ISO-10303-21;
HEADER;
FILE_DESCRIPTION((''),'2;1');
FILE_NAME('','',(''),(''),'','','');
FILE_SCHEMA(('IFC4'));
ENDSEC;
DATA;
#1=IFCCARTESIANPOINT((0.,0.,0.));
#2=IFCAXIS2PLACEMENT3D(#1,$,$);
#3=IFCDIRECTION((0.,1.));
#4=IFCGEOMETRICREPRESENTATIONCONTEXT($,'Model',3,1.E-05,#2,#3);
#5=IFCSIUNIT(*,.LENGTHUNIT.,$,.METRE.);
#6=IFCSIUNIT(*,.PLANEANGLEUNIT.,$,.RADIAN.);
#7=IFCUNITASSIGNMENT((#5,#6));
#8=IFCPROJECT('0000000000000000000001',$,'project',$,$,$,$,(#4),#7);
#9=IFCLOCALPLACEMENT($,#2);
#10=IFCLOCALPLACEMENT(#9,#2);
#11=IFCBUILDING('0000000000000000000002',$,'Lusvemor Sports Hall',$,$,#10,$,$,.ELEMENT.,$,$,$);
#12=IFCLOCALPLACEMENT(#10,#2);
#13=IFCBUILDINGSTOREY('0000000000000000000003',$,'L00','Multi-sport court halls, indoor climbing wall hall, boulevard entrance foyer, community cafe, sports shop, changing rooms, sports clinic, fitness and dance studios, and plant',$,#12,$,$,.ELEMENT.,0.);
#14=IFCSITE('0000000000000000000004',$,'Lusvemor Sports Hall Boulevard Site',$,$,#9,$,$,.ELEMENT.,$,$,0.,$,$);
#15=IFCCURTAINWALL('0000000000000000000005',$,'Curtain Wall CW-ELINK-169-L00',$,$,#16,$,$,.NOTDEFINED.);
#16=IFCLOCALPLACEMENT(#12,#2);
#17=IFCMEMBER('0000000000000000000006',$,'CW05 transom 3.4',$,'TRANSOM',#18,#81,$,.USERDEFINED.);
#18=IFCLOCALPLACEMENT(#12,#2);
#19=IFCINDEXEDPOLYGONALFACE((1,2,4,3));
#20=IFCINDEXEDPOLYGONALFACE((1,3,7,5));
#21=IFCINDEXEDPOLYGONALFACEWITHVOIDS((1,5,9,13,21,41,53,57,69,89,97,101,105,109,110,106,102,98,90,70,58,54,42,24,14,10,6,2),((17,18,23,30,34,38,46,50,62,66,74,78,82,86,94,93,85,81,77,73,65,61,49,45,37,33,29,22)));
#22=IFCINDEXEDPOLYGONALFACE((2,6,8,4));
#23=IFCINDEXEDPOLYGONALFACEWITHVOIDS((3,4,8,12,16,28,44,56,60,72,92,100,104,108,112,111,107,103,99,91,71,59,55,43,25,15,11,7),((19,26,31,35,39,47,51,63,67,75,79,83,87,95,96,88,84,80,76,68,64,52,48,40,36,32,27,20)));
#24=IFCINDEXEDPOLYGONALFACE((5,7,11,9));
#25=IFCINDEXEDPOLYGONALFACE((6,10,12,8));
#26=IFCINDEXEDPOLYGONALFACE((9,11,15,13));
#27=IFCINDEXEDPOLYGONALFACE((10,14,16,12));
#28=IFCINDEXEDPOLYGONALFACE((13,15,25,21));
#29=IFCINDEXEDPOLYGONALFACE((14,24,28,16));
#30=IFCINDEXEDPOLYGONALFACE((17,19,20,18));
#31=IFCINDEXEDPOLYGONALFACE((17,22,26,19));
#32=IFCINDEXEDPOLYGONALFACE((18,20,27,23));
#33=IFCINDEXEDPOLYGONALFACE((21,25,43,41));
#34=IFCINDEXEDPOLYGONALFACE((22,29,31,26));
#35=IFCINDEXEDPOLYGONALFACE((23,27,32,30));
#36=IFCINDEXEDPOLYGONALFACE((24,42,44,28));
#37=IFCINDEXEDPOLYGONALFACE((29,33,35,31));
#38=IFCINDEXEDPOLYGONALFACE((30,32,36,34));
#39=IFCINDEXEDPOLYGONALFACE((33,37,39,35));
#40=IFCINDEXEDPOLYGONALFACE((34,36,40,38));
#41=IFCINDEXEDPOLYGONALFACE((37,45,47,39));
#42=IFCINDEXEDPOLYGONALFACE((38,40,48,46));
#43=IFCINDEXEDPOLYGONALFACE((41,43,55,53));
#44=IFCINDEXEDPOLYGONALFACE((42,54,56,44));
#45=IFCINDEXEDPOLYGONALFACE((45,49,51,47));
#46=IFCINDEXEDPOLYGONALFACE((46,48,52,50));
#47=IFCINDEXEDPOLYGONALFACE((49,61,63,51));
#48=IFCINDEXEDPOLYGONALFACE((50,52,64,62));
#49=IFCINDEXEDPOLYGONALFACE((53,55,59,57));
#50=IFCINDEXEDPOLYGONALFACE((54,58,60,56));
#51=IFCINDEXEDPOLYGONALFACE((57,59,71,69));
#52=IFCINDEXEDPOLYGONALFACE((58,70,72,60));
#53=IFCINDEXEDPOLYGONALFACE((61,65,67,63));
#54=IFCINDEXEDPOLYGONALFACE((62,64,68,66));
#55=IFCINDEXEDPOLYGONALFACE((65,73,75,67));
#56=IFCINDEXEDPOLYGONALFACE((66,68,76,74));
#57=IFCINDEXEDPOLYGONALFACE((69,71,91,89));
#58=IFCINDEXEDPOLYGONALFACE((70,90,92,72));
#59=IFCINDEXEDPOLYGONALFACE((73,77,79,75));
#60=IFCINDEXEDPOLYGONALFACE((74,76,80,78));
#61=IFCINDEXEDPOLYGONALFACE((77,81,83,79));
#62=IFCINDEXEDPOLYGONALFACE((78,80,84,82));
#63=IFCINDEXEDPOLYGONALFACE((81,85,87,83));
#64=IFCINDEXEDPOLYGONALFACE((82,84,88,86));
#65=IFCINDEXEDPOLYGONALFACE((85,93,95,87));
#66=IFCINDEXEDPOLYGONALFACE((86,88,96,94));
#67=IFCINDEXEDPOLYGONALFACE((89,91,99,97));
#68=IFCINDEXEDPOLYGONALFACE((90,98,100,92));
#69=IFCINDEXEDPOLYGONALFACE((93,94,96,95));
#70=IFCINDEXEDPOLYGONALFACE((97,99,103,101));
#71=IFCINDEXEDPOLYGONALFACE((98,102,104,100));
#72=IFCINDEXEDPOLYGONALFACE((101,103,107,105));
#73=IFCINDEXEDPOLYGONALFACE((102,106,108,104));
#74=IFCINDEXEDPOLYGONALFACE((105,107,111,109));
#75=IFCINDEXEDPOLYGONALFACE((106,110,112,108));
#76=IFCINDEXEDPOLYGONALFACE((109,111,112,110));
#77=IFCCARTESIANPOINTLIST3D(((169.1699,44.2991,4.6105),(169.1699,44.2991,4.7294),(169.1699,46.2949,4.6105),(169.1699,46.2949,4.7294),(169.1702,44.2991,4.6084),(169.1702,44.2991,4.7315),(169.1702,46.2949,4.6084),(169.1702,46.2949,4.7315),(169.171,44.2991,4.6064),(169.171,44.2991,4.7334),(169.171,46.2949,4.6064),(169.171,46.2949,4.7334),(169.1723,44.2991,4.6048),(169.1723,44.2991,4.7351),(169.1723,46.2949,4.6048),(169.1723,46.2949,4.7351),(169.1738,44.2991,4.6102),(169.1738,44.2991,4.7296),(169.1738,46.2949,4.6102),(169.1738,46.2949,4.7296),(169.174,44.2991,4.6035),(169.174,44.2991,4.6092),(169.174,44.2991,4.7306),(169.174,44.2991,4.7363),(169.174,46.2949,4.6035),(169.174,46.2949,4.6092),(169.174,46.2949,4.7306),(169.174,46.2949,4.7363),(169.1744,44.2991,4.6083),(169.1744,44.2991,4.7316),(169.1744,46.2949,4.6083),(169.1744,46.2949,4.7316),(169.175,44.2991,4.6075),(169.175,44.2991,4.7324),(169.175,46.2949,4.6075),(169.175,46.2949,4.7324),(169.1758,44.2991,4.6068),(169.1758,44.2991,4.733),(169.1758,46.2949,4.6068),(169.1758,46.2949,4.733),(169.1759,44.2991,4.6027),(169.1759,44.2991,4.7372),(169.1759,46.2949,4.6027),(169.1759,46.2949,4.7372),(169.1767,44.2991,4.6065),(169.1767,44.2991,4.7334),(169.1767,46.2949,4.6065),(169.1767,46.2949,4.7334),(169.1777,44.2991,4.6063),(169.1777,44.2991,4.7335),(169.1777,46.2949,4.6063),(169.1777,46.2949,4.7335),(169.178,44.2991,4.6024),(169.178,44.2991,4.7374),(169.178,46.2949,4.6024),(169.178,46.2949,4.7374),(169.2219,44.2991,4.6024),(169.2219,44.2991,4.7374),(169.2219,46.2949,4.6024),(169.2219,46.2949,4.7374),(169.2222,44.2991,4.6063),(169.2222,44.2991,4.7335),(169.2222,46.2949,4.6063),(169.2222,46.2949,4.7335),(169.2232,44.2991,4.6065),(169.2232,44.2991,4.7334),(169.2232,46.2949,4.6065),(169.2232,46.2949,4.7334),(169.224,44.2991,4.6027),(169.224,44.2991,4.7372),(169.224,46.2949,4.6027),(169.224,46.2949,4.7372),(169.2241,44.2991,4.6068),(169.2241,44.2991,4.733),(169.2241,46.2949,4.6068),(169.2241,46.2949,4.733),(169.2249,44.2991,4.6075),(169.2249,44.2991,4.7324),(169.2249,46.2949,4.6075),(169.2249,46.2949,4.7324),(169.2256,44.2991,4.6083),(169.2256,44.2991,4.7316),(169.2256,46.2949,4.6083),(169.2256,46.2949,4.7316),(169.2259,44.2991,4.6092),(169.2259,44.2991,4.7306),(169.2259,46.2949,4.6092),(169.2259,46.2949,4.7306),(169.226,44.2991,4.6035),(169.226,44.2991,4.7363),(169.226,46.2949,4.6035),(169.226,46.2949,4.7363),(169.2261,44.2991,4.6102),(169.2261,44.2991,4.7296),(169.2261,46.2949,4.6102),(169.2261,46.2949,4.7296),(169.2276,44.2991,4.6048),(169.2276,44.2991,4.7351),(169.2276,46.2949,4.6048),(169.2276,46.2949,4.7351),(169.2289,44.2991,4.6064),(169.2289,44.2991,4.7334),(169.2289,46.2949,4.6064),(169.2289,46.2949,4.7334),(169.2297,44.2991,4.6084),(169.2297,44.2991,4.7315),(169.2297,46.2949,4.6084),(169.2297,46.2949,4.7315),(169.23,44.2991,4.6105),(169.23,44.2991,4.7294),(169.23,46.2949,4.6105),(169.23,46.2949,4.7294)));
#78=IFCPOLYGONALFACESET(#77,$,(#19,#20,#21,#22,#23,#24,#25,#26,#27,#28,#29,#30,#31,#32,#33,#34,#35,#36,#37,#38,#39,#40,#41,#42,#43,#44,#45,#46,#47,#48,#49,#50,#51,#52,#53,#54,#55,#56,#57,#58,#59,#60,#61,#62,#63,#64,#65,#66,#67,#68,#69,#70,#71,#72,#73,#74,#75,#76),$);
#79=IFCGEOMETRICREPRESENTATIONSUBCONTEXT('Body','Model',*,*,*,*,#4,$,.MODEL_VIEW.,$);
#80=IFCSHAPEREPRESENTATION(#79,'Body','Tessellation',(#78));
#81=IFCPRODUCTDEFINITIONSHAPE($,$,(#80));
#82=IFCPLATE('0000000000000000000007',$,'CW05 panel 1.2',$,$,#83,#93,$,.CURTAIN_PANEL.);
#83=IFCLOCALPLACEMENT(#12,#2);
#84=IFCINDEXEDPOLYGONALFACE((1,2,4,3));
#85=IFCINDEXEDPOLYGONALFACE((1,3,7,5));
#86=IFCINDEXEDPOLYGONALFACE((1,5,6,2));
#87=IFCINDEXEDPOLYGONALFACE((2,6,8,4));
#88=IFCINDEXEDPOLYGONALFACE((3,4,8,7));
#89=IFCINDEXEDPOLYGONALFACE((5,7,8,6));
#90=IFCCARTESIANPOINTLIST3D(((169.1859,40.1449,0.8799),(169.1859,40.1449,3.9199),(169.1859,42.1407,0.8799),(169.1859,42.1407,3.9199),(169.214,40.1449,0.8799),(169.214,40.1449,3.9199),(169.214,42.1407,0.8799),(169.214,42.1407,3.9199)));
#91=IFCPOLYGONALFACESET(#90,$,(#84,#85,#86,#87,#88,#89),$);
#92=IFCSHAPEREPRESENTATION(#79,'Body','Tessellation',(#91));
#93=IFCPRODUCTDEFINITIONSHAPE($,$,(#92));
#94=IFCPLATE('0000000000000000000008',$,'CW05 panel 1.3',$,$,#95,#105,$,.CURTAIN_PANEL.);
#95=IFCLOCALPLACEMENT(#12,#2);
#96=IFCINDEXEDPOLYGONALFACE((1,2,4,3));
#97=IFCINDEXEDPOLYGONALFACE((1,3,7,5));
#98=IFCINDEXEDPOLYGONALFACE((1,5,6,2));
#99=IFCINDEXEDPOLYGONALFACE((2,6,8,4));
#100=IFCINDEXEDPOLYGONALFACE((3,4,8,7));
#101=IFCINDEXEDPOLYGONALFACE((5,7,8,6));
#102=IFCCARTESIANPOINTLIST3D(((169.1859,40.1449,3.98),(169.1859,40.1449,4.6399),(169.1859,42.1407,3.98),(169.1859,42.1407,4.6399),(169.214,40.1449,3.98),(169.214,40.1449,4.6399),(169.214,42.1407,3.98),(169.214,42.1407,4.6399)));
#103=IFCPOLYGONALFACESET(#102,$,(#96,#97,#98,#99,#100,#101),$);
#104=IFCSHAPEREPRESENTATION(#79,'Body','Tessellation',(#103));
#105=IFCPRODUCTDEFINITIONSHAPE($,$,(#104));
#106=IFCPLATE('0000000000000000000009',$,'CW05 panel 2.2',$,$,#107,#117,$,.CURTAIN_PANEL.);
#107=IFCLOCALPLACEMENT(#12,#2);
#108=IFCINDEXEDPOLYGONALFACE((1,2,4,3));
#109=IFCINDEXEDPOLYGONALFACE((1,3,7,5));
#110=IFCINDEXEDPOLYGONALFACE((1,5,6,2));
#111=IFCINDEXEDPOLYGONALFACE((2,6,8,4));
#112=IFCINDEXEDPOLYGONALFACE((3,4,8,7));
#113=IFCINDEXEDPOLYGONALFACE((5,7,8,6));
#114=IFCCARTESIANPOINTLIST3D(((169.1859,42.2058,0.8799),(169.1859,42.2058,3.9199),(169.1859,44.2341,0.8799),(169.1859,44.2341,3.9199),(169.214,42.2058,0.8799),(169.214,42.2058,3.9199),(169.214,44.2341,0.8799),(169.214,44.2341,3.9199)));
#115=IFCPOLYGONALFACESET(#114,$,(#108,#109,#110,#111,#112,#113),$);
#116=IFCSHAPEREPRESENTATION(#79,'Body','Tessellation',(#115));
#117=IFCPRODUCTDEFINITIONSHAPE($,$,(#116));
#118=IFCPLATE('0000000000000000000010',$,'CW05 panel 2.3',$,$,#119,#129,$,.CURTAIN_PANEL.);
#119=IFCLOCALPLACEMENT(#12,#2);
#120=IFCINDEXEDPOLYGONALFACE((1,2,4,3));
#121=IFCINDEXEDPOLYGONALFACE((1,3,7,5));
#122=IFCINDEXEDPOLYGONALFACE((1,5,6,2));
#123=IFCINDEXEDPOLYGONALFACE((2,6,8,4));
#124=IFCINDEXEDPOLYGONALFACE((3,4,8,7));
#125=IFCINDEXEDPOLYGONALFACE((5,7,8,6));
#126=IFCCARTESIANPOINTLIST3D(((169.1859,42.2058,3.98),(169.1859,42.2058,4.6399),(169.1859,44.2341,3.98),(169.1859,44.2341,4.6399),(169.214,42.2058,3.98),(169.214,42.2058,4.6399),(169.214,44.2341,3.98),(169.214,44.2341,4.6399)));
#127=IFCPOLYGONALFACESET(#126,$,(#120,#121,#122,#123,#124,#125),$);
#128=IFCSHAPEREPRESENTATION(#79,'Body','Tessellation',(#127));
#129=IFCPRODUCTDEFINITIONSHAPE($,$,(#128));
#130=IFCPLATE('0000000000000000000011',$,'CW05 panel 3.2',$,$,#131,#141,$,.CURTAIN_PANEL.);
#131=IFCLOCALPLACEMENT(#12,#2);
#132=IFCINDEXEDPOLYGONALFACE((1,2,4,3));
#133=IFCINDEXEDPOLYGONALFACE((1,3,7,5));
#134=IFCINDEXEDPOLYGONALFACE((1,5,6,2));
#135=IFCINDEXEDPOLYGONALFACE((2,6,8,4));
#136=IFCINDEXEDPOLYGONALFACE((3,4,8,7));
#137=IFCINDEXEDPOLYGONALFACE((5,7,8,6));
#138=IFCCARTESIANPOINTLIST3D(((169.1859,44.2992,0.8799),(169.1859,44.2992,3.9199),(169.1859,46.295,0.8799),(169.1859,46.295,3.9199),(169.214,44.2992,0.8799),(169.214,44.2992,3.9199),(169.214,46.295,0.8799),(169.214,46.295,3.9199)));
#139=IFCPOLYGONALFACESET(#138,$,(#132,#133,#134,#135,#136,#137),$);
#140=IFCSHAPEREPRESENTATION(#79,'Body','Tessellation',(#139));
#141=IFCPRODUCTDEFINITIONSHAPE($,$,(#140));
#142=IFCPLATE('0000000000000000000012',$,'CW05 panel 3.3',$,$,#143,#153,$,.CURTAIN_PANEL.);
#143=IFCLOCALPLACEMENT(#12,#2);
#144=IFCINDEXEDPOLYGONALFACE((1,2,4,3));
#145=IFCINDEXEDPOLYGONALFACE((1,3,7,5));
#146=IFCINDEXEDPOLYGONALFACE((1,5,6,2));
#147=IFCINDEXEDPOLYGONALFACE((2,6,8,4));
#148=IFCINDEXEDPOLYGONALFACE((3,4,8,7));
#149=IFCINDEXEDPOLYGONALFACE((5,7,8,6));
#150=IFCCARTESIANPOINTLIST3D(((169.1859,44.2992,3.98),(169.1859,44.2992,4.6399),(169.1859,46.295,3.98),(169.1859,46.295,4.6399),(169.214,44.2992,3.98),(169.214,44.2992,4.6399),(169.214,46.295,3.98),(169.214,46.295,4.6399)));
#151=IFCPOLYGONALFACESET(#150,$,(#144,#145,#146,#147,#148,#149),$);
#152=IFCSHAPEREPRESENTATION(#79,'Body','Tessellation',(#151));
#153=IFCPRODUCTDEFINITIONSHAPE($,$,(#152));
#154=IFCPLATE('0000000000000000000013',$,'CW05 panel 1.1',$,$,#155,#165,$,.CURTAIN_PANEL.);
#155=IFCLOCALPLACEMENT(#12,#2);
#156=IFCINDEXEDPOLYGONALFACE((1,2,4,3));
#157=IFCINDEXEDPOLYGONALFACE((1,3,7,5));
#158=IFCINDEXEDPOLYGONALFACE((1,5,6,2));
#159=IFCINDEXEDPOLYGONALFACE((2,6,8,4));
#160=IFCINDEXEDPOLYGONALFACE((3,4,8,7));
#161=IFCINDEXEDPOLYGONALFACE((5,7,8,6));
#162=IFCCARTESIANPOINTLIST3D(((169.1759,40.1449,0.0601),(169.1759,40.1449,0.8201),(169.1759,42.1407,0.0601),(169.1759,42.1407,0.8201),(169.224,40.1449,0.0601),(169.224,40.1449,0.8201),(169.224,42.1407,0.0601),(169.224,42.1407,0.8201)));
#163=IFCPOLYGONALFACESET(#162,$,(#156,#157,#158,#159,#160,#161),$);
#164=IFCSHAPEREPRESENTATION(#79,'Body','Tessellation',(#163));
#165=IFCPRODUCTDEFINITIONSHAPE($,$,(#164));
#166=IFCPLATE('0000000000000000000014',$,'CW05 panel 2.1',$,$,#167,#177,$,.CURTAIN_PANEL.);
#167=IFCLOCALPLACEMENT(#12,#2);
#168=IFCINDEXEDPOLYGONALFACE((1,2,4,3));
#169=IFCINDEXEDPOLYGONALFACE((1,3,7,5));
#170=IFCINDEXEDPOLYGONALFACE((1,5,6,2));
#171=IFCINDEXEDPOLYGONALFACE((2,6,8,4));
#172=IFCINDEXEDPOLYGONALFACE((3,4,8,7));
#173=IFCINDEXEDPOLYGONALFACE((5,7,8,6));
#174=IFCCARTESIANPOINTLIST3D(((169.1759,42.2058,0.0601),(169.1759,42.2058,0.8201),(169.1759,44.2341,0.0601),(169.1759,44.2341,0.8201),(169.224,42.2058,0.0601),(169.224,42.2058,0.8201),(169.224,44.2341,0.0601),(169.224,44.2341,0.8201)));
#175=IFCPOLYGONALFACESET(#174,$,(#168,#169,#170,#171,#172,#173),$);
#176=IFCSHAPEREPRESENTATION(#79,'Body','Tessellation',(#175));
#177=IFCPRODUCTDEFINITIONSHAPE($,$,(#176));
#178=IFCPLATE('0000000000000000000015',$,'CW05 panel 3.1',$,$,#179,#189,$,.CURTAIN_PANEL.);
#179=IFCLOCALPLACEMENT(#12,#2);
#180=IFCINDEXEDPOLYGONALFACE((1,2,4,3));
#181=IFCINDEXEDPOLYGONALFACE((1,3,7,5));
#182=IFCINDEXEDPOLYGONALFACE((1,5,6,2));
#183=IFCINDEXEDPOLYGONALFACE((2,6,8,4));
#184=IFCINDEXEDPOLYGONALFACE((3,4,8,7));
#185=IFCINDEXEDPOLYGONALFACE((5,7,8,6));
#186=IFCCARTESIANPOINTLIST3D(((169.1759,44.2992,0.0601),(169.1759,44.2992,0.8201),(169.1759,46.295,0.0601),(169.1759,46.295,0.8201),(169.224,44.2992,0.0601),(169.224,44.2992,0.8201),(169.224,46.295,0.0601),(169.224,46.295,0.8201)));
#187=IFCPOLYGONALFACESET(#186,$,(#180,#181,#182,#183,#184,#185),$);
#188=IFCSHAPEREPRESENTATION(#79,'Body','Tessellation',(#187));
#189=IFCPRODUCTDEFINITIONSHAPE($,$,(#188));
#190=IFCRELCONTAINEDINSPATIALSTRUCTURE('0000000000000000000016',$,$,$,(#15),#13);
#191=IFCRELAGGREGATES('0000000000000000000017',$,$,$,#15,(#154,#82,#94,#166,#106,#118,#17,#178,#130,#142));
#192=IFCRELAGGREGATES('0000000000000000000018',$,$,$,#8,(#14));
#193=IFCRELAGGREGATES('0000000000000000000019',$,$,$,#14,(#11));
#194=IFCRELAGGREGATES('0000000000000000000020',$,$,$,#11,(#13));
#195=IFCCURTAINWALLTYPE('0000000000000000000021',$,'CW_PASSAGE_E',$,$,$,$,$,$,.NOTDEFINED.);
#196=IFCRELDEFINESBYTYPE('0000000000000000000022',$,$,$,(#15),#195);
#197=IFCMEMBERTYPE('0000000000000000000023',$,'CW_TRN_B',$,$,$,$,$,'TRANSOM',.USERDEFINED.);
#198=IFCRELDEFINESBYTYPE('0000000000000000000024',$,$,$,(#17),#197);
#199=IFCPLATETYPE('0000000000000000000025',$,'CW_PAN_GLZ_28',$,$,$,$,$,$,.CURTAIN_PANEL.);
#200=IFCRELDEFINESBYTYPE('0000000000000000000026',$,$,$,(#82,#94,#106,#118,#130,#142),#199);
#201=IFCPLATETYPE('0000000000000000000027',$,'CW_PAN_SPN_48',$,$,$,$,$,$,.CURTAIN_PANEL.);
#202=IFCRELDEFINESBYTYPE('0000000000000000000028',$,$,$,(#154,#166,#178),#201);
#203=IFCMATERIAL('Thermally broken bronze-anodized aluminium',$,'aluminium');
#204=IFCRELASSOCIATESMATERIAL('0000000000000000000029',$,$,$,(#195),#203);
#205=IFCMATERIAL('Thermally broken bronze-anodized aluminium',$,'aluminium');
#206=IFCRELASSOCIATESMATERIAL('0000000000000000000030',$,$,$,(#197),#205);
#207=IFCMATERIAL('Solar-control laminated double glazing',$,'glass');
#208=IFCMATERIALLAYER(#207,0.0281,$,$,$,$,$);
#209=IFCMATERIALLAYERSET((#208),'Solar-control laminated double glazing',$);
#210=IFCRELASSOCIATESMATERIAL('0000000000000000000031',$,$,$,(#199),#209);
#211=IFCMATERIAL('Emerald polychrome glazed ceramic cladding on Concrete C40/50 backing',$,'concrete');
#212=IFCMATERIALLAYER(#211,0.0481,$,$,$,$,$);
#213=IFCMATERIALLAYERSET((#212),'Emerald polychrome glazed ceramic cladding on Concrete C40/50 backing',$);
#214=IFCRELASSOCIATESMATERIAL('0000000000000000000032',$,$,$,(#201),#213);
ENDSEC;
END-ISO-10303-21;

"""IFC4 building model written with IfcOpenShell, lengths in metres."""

from ifc_helpers import new_model, si_unit, direction, frame, origin, origin_2d, place, context, subcontext, project, spatial, rectangle, hollow_rectangle, extrude, material, layer, layer_set, material_profile, profile_set, type_object, element, aggregate, save


model = new_model("IFC4")

# Units and contexts
model_context = context("Model", 3, precision=1e-05, world=origin(), true_north=direction((0.0, 1.0)))
body_context = subcontext(model_context, "Body", "Model", "MODEL_VIEW")
ifc_project = project(units=[si_unit("LENGTHUNIT", "METRE"), si_unit("PLANEANGLEUNIT", "RADIAN")], contexts=[model_context])

# Site, building, storey
site_placement = place(None, origin())
site = spatial("IfcSite", under=ifc_project, at=site_placement, Name="Lusvemor Sports Hall Boulevard Site", CompositionType="ELEMENT", RefElevation=0.0)
building_placement = place(site_placement, origin())
building = spatial("IfcBuilding", under=site, at=building_placement, Name="Lusvemor Sports Hall", CompositionType="ELEMENT")
storey_placement = place(building_placement, origin())
storey = spatial("IfcBuildingStorey", under=building, at=storey_placement, Name="L00", Description="Multi-sport court halls, indoor climbing wall hall, boulevard entrance foyer, community cafe, sports shop, changing rooms, sports clinic, fitness and dance studios, and plant", CompositionType="ELEMENT", Elevation=0.0)

# Curtain wall, member, plates
ifc_material_1 = material(Name="Thermally broken bronze-anodized aluminium", Category="aluminium")
curtain_wall_type = type_object("IfcCurtainWallType", Name="CW_PASSAGE_E", PredefinedType="NOTDEFINED", material=ifc_material_1)
curtain_wall_placement = place(storey_placement, origin())
curtain_wall = element("IfcCurtainWall", 1, at=curtain_wall_placement, inside=storey, type_object=curtain_wall_type, Name="Curtain Wall CW-ELINK-169-L00", PredefinedType="NOTDEFINED")
ifc_material_2 = material(Name="Thermally broken bronze-anodized aluminium", Category="aluminium")
ifc_material_profile_1 = material_profile(ifc_material_2, hollow_rectangle(XDim=0.0601, YDim=0.135, WallThickness=0.0039, InnerFilletRadius=0.0039, OuterFilletRadius=0.0081, at=origin_2d()), Name="CWTRN135x60x4")
ifc_profile_set_1 = profile_set([ifc_material_profile_1], Name="Thermally broken bronze-anodized aluminium")
member_type_1 = type_object("IfcMemberType", Name="CW_TRN_B", ElementType="TRANSOM", PredefinedType="USERDEFINED", material=ifc_profile_set_1)
member_1_placement = place(storey_placement, frame((169.2, 44.2991, 4.6699), z_axis=(0.0, 1.0, 0.0), x_axis=(-1.0, 0.0, 0.0)))
member_1 = element("IfcMember", 2, at=member_1_placement, type_object=member_type_1, Name="CW05 transom 3.4", ObjectType="TRANSOM", PredefinedType="USERDEFINED", context=body_context, shape_type="SweptSolid", body=[
    extrude(hollow_rectangle(XDim=0.0601, YDim=0.135, WallThickness=0.0039, InnerFilletRadius=0.0039, OuterFilletRadius=0.0081, at=origin_2d()), origin(), (0.0, 0.0, 1.0), 1.9958),
])
ifc_material_3 = material(Name="Solar-control laminated double glazing", Category="glass")
ifc_layer_1 = layer(ifc_material_3, 0.0281)
ifc_layer_set_1 = layer_set([ifc_layer_1], Name="Solar-control laminated double glazing")
plate_type_1 = type_object("IfcPlateType", Name="CW_PAN_GLZ_28", PredefinedType="CURTAIN_PANEL", material=ifc_layer_set_1)
plate_1_placement = place(storey_placement, frame((169.2, 41.1428, 0.8799), z_axis=(0.0, 0.0, 1.0), x_axis=(0.0, 1.0, 0.0)))
plate_1 = element("IfcPlate", 3, at=plate_1_placement, type_object=plate_type_1, Name="CW05 panel 1.2", PredefinedType="CURTAIN_PANEL", context=body_context, shape_type="SweptSolid", body=[
    extrude(rectangle(XDim=1.9958, YDim=0.0281, at=origin_2d()), origin(), (0.0, 0.0, 1.0), 3.04),
])
plate_2_placement = place(storey_placement, frame((169.2, 41.1428, 3.98), z_axis=(0.0, 0.0, 1.0), x_axis=(0.0, 1.0, 0.0)))
plate_2 = element("IfcPlate", 4, at=plate_2_placement, type_object=plate_type_1, Name="CW05 panel 1.3", PredefinedType="CURTAIN_PANEL", context=body_context, shape_type="SweptSolid", body=[
    extrude(rectangle(XDim=1.9958, YDim=0.0281, at=origin_2d()), origin(), (0.0, 0.0, 1.0), 0.6599),
])
plate_3_placement = place(storey_placement, frame((169.2, 43.22, 0.8799), z_axis=(0.0, 0.0, 1.0), x_axis=(0.0, 1.0, 0.0)))
plate_3 = element("IfcPlate", 5, at=plate_3_placement, type_object=plate_type_1, Name="CW05 panel 2.2", PredefinedType="CURTAIN_PANEL", context=body_context, shape_type="SweptSolid", body=[
    extrude(rectangle(XDim=2.0283, YDim=0.0281, at=origin_2d()), origin(), (0.0, 0.0, 1.0), 3.04),
])
plate_4_placement = place(storey_placement, frame((169.2, 43.22, 3.98), z_axis=(0.0, 0.0, 1.0), x_axis=(0.0, 1.0, 0.0)))
plate_4 = element("IfcPlate", 6, at=plate_4_placement, type_object=plate_type_1, Name="CW05 panel 2.3", PredefinedType="CURTAIN_PANEL", context=body_context, shape_type="SweptSolid", body=[
    extrude(rectangle(XDim=2.0283, YDim=0.0281, at=origin_2d()), origin(), (0.0, 0.0, 1.0), 0.6599),
])
plate_5_placement = place(storey_placement, frame((169.2, 45.2971, 0.8799), z_axis=(0.0, 0.0, 1.0), x_axis=(0.0, 1.0, 0.0)))
plate_5 = element("IfcPlate", 7, at=plate_5_placement, type_object=plate_type_1, Name="CW05 panel 3.2", PredefinedType="CURTAIN_PANEL", context=body_context, shape_type="SweptSolid", body=[
    extrude(rectangle(XDim=1.9958, YDim=0.0281, at=origin_2d()), origin(), (0.0, 0.0, 1.0), 3.04),
])
plate_6_placement = place(storey_placement, frame((169.2, 45.2971, 3.98), z_axis=(0.0, 0.0, 1.0), x_axis=(0.0, 1.0, 0.0)))
plate_6 = element("IfcPlate", 8, at=plate_6_placement, type_object=plate_type_1, Name="CW05 panel 3.3", PredefinedType="CURTAIN_PANEL", context=body_context, shape_type="SweptSolid", body=[
    extrude(rectangle(XDim=1.9958, YDim=0.0281, at=origin_2d()), origin(), (0.0, 0.0, 1.0), 0.6599),
])
ifc_material_4 = material(Name="Emerald polychrome glazed ceramic cladding on Concrete C40/50 backing", Category="concrete")
ifc_layer_2 = layer(ifc_material_4, 0.0481)
ifc_layer_set_2 = layer_set([ifc_layer_2], Name="Emerald polychrome glazed ceramic cladding on Concrete C40/50 backing")
plate_type_2 = type_object("IfcPlateType", Name="CW_PAN_SPN_48", PredefinedType="CURTAIN_PANEL", material=ifc_layer_set_2)
plate_7_placement = place(storey_placement, frame((169.2, 41.1428, 0.0601), z_axis=(0.0, 0.0, 1.0), x_axis=(0.0, 1.0, 0.0)))
plate_7 = element("IfcPlate", 9, at=plate_7_placement, type_object=plate_type_2, Name="CW05 panel 1.1", PredefinedType="CURTAIN_PANEL", context=body_context, shape_type="SweptSolid", body=[
    extrude(rectangle(XDim=1.9958, YDim=0.0481, at=origin_2d()), origin(), (0.0, 0.0, 1.0), 0.76),
])
plate_8_placement = place(storey_placement, frame((169.2, 43.22, 0.0601), z_axis=(0.0, 0.0, 1.0), x_axis=(0.0, 1.0, 0.0)))
plate_8 = element("IfcPlate", 10, at=plate_8_placement, type_object=plate_type_2, Name="CW05 panel 2.1", PredefinedType="CURTAIN_PANEL", context=body_context, shape_type="SweptSolid", body=[
    extrude(rectangle(XDim=2.0283, YDim=0.0481, at=origin_2d()), origin(), (0.0, 0.0, 1.0), 0.76),
])
plate_9_placement = place(storey_placement, frame((169.2, 45.2971, 0.0601), z_axis=(0.0, 0.0, 1.0), x_axis=(0.0, 1.0, 0.0)))
plate_9 = element("IfcPlate", 11, at=plate_9_placement, type_object=plate_type_2, Name="CW05 panel 3.1", PredefinedType="CURTAIN_PANEL", context=body_context, shape_type="SweptSolid", body=[
    extrude(rectangle(XDim=1.9958, YDim=0.0481, at=origin_2d()), origin(), (0.0, 0.0, 1.0), 0.76),
])
aggregate(curtain_wall, [plate_7, plate_1, plate_2, plate_8, plate_3, plate_4, member_1, plate_9, plate_5, plate_6])

save(model, "model.ifc")
